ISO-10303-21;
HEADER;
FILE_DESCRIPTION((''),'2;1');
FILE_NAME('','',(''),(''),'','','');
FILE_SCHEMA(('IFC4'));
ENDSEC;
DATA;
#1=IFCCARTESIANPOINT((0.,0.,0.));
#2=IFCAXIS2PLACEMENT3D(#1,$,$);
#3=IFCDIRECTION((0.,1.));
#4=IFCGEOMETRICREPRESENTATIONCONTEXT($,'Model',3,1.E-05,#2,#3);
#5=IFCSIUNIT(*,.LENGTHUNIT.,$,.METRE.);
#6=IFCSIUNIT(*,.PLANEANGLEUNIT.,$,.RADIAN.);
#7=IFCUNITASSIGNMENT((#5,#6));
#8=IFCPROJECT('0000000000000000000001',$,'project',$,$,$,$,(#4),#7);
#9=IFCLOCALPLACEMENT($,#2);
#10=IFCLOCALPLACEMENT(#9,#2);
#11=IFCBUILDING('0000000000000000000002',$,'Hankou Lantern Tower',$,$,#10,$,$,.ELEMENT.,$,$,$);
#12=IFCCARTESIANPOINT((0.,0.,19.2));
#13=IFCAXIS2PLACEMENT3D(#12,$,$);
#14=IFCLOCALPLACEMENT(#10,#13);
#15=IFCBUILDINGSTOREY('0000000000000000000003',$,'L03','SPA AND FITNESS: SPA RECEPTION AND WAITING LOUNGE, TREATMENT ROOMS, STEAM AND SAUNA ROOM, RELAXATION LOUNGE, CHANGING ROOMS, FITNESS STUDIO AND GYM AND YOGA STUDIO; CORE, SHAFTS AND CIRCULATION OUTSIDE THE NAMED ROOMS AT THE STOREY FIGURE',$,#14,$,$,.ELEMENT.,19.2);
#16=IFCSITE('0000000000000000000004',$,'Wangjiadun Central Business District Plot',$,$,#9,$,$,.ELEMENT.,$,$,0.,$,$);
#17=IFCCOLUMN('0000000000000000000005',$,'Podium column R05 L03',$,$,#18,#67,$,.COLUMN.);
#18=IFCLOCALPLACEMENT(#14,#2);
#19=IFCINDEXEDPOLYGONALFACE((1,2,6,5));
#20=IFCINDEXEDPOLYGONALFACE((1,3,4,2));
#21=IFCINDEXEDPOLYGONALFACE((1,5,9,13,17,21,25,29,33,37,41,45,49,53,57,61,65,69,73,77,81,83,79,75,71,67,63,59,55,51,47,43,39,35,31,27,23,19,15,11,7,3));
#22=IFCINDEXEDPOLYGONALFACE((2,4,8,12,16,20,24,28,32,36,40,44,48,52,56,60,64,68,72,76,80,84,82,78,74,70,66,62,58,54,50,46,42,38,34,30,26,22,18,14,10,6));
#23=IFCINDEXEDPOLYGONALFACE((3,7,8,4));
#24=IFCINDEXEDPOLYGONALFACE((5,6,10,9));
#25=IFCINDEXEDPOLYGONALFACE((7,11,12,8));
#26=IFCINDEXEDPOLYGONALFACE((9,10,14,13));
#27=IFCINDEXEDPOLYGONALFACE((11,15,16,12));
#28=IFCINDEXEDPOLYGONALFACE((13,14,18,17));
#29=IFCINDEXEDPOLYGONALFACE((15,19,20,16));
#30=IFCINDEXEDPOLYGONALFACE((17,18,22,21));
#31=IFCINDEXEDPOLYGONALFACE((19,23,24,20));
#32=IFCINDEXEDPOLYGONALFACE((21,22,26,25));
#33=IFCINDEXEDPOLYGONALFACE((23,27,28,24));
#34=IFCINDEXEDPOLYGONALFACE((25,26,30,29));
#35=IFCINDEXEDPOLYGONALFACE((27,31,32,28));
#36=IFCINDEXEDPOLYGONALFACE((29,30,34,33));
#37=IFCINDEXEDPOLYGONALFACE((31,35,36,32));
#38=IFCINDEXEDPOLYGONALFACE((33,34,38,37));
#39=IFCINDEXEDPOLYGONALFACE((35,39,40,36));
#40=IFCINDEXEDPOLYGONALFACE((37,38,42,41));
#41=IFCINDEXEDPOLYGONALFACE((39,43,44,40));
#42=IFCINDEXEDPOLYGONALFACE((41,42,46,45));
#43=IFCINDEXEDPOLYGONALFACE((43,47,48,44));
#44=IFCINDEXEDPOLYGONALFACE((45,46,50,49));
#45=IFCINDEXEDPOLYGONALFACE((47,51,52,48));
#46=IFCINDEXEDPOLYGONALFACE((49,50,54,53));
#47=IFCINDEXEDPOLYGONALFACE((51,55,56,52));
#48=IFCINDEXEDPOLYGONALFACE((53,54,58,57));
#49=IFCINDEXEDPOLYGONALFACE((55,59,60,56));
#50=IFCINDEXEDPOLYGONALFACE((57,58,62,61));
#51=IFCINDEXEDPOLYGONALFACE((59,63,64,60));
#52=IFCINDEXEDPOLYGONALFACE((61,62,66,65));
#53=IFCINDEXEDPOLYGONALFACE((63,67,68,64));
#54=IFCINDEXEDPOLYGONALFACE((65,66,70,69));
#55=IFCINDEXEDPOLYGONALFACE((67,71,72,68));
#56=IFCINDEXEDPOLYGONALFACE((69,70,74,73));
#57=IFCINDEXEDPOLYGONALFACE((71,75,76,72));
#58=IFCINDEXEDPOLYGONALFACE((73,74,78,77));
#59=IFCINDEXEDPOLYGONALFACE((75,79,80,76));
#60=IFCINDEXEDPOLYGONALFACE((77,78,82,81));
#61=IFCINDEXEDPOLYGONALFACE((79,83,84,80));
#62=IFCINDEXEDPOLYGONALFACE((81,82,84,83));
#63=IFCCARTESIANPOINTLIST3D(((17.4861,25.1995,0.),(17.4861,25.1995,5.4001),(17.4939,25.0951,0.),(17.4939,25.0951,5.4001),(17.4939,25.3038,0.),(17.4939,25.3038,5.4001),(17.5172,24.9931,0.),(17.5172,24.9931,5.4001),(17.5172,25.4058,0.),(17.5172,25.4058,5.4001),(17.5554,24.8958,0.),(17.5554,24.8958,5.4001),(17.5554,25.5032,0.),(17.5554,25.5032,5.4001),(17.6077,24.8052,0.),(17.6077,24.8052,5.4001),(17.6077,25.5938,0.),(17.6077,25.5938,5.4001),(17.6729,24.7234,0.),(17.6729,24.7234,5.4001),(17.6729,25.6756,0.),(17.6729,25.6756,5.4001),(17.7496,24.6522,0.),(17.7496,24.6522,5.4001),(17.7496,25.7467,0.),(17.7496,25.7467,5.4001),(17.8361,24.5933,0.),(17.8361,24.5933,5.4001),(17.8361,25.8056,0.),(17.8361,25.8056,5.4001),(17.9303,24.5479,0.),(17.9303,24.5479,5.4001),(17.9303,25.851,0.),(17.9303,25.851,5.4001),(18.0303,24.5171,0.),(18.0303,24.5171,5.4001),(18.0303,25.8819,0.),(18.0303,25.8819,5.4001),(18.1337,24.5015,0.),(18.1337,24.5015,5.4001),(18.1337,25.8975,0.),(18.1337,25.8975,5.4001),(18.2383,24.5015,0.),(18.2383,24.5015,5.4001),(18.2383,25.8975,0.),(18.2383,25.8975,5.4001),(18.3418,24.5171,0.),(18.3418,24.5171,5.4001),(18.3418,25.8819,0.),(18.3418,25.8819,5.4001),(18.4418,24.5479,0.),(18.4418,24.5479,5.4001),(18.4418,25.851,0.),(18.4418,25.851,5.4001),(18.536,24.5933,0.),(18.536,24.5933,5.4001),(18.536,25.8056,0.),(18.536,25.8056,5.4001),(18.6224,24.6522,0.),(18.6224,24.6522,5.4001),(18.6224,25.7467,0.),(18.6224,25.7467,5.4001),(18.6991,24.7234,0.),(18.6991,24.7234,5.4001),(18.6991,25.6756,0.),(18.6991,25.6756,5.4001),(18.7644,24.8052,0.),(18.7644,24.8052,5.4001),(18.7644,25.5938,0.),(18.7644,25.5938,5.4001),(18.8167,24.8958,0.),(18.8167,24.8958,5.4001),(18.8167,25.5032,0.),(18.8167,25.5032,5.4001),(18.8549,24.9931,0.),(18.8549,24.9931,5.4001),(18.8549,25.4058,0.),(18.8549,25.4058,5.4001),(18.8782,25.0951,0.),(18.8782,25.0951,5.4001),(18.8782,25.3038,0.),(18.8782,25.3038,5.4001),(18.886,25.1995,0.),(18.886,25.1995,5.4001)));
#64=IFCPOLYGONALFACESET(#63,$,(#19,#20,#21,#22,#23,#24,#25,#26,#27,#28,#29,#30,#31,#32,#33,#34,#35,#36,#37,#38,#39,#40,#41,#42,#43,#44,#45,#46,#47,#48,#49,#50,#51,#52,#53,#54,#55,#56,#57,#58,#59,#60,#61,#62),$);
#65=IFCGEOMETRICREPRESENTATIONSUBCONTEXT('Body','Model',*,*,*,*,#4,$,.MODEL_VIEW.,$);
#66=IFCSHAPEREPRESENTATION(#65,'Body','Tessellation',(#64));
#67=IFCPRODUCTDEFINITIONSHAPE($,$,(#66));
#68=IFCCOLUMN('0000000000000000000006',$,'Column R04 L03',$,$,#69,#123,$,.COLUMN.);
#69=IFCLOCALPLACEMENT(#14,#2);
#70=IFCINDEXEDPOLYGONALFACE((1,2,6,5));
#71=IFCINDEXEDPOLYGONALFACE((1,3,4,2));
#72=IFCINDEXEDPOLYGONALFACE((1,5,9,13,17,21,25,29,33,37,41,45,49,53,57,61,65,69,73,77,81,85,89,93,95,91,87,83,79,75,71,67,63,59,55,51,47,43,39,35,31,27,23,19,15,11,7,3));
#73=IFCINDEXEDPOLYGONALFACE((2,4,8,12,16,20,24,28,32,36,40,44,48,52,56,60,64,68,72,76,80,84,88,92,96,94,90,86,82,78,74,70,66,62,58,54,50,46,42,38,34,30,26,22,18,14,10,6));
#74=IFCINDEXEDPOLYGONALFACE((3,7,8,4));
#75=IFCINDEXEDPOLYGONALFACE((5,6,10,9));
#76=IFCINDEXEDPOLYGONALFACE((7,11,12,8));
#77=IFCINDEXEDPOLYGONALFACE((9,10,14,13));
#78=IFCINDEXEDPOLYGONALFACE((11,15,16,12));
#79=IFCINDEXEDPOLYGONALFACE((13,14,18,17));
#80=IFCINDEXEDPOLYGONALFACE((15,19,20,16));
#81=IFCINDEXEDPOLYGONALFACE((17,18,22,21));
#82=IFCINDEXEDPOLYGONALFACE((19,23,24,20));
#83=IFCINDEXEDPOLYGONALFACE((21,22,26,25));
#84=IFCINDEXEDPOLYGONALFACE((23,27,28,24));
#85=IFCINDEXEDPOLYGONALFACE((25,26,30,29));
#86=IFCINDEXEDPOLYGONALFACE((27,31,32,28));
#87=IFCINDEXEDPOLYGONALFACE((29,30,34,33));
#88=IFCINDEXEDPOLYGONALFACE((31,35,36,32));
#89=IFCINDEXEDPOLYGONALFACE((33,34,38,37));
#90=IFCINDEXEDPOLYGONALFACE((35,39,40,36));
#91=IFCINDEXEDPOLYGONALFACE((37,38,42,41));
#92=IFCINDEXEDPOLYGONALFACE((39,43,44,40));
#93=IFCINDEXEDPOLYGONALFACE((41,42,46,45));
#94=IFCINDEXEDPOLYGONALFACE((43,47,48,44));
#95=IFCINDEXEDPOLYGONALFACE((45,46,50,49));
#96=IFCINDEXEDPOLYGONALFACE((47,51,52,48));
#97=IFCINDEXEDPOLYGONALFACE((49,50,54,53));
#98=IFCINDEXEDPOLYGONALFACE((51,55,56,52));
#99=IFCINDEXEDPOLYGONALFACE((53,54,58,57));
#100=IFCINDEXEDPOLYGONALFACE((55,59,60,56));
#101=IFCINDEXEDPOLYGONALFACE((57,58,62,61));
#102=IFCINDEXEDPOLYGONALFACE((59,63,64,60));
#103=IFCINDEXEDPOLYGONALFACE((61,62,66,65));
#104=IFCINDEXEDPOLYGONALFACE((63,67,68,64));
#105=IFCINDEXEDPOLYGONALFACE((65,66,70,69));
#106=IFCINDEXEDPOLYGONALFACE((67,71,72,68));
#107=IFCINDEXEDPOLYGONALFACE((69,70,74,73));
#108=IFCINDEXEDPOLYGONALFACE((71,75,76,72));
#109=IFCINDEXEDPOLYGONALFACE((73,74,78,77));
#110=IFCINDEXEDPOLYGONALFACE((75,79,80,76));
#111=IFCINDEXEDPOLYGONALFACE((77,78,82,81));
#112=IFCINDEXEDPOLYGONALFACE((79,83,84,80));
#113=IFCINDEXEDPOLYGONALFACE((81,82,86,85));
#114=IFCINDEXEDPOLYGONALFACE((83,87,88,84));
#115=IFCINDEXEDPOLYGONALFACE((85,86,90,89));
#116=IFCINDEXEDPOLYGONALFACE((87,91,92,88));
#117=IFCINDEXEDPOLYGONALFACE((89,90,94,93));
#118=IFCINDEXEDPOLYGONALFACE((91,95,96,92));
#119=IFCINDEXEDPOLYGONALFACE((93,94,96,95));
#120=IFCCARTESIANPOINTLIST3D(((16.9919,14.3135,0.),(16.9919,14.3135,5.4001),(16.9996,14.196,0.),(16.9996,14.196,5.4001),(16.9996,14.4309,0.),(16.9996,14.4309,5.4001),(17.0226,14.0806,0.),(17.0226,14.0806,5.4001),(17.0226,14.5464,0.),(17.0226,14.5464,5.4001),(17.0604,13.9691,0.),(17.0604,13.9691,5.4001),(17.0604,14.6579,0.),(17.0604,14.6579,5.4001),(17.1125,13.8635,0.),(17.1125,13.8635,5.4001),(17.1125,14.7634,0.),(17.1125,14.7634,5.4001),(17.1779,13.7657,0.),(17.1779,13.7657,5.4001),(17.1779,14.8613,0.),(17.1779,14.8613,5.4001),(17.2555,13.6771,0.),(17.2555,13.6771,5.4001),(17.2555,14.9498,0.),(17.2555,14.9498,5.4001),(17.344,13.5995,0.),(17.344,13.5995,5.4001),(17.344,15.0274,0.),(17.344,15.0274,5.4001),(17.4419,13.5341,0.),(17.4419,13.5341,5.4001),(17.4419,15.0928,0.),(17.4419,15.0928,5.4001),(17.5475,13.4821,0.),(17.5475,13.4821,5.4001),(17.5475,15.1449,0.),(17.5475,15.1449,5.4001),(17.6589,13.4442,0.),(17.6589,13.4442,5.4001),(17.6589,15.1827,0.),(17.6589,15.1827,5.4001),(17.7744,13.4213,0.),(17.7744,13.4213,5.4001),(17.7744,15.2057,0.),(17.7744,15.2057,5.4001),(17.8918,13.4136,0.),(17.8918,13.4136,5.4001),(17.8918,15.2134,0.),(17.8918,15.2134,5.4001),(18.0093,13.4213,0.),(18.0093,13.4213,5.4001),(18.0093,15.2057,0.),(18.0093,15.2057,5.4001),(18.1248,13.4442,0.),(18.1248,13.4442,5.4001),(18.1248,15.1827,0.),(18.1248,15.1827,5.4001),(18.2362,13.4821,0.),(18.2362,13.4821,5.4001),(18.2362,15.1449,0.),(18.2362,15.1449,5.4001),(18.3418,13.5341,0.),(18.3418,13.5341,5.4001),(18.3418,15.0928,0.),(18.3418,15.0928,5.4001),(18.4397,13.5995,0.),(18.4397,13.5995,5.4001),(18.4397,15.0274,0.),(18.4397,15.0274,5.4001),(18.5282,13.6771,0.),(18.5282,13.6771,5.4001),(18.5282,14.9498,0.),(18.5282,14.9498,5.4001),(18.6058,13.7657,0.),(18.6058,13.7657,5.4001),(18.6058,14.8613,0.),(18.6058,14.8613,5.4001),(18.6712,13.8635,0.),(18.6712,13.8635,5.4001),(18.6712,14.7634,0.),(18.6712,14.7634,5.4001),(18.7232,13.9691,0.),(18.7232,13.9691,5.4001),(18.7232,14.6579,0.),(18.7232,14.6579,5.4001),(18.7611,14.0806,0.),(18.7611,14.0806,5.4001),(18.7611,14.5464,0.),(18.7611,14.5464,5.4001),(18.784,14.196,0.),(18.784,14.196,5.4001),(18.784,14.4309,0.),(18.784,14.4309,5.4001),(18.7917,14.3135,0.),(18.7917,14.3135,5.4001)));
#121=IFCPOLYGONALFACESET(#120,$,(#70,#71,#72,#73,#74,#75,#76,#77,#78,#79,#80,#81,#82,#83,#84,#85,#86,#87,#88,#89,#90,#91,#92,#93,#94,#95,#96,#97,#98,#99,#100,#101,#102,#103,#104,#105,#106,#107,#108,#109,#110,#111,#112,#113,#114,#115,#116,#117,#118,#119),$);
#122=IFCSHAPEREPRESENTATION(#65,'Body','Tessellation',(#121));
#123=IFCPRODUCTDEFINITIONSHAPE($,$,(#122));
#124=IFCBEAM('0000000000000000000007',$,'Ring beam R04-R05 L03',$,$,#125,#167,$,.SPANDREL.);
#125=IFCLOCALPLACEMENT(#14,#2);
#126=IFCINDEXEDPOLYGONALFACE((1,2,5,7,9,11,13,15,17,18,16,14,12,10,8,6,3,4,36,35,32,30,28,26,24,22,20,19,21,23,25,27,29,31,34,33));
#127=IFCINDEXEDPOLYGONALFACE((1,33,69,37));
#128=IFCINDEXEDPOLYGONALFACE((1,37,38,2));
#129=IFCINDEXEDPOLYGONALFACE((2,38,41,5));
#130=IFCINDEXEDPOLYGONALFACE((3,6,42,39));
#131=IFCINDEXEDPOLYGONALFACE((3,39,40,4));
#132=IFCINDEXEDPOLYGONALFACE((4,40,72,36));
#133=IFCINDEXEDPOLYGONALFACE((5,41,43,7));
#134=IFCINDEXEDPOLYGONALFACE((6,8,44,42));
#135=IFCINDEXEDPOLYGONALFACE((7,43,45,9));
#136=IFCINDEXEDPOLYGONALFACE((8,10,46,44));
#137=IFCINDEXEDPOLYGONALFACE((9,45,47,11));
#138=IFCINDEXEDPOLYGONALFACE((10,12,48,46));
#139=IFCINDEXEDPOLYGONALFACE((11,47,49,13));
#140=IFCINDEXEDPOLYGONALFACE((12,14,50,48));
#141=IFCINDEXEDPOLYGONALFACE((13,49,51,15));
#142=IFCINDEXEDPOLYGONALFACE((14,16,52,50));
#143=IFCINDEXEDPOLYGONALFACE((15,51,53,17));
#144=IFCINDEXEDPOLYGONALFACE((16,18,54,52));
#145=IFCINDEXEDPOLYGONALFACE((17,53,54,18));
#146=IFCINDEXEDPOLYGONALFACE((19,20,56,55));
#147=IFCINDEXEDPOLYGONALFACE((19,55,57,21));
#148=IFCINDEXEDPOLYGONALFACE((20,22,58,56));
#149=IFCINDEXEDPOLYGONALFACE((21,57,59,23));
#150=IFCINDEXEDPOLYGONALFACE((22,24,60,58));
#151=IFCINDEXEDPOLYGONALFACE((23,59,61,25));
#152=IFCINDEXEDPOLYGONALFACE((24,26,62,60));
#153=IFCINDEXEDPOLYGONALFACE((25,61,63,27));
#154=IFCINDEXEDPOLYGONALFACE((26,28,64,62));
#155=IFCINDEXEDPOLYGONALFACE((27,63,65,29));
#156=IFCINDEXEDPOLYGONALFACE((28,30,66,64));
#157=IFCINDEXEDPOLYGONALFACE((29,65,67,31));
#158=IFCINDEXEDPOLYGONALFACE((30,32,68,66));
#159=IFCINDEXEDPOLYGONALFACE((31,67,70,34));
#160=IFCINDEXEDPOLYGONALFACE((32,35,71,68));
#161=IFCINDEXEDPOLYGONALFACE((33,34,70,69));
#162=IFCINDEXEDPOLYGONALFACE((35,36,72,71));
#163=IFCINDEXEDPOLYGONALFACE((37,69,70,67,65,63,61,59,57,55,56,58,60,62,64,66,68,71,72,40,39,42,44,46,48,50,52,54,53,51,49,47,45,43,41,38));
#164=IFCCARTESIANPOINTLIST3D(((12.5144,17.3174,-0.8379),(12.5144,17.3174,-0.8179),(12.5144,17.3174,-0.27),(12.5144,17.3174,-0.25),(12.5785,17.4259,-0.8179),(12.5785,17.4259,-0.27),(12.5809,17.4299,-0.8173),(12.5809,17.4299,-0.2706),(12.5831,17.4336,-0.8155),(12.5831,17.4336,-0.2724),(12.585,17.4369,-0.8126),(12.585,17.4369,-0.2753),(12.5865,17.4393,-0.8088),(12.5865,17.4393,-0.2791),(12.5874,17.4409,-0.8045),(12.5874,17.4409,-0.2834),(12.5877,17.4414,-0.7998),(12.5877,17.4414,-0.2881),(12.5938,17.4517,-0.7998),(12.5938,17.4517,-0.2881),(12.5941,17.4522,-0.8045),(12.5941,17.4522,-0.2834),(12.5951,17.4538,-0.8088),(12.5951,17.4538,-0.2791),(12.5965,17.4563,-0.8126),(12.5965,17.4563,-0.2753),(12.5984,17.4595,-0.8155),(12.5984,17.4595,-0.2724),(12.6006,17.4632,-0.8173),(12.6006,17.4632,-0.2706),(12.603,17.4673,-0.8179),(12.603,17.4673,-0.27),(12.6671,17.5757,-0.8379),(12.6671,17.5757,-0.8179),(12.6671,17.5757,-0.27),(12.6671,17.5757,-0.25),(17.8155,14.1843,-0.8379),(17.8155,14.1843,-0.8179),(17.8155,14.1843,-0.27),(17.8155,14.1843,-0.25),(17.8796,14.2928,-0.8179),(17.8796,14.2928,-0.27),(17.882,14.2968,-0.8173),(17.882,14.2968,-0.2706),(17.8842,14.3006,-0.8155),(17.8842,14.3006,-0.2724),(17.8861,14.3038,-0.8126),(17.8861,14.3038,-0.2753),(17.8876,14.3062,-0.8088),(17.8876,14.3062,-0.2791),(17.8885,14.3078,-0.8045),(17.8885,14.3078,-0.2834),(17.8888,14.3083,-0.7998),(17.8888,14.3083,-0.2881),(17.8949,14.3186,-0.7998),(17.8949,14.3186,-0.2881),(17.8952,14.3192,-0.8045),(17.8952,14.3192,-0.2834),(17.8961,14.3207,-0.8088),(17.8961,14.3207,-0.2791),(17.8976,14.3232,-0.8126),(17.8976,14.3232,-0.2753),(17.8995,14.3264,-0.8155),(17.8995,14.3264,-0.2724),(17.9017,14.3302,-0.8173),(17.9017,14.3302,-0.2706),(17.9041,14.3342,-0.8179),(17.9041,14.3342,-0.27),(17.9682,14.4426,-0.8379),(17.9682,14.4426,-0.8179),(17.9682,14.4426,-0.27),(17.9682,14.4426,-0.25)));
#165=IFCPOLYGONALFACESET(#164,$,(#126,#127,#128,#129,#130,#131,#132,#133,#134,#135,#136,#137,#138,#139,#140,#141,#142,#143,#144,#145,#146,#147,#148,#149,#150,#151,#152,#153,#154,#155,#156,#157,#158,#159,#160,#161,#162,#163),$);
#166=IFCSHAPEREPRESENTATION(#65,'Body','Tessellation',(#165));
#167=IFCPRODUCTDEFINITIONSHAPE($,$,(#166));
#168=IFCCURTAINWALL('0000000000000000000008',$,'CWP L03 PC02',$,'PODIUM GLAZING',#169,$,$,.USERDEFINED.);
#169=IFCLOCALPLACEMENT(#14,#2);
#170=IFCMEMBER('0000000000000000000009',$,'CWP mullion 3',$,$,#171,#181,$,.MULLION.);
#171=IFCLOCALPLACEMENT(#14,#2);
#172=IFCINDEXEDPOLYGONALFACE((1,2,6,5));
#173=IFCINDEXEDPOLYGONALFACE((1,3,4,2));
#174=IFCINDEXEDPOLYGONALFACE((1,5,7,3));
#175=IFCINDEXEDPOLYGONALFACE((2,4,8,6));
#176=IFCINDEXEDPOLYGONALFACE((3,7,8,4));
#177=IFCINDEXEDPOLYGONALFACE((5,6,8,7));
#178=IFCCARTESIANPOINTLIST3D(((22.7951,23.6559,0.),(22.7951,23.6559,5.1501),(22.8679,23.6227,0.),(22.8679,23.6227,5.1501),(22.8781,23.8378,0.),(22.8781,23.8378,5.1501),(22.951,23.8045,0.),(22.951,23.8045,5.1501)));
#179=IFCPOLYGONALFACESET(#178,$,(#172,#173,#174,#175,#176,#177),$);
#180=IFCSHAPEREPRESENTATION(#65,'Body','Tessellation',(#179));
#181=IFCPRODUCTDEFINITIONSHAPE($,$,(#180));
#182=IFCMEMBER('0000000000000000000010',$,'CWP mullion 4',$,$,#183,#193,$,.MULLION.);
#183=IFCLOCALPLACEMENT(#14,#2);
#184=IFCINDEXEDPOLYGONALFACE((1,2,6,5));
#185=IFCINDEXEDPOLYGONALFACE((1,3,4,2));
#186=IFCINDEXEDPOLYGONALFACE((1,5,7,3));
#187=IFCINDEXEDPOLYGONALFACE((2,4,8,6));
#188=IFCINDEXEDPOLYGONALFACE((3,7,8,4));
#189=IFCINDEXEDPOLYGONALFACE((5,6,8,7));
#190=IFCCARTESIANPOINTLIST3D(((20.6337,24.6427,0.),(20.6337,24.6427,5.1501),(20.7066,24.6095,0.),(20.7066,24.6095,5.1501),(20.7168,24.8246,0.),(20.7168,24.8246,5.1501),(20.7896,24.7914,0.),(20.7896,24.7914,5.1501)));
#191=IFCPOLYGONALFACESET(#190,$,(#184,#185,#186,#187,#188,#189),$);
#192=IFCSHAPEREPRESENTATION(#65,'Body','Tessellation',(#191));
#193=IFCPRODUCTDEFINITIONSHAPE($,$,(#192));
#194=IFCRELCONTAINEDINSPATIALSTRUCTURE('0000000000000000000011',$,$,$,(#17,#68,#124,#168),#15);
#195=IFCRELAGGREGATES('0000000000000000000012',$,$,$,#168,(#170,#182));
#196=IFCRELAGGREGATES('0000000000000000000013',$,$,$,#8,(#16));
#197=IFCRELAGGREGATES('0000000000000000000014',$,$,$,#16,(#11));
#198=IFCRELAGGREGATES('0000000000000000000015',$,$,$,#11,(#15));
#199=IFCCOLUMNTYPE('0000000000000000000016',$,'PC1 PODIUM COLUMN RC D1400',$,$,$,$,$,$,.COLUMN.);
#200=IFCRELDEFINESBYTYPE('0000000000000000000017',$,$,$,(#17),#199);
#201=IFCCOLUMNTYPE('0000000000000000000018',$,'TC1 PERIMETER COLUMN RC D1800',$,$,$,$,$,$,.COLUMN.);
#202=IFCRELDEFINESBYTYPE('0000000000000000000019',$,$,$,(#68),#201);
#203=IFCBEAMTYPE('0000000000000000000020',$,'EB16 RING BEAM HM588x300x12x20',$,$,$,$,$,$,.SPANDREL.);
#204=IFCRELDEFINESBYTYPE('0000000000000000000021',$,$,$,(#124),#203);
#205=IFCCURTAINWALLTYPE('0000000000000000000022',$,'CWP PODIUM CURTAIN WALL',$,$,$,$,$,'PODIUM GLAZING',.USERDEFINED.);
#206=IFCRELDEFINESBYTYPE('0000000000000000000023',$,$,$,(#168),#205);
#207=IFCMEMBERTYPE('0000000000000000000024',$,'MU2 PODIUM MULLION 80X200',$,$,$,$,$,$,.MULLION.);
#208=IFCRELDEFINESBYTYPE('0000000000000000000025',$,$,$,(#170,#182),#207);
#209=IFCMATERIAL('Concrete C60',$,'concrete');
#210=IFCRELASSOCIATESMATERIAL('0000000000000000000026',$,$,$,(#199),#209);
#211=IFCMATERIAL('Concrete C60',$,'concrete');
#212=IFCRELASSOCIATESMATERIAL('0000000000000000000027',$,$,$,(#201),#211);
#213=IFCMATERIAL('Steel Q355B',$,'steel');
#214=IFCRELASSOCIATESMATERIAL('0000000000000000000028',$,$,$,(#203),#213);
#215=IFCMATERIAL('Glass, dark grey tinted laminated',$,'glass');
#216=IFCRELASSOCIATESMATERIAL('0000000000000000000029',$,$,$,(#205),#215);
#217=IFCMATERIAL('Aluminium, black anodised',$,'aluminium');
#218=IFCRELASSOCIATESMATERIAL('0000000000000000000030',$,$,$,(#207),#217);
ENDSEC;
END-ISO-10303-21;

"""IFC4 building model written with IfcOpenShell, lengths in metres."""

from ifc_helpers import new_model, si_unit, direction, frame, origin, origin_2d, place, context, subcontext, project, spatial, rectangle, circle, i_section, extrude, material, material_profile, profile_set, type_object, element, aggregate, save


model = new_model("IFC4")

# Units and contexts
model_context = context("Model", 3, precision=1e-05, world=origin(), true_north=direction((0.0, 1.0)))
body_context = subcontext(model_context, "Body", "Model", "MODEL_VIEW")
ifc_project = project(units=[si_unit("LENGTHUNIT", "METRE"), si_unit("PLANEANGLEUNIT", "RADIAN")], contexts=[model_context])

# Site, building, storey
site_placement = place(None, origin())
site = spatial("IfcSite", under=ifc_project, at=site_placement, Name="Wangjiadun Central Business District Plot", CompositionType="ELEMENT", RefElevation=0.0)
building_placement = place(site_placement, origin())
building = spatial("IfcBuilding", under=site, at=building_placement, Name="Hankou Lantern Tower", CompositionType="ELEMENT")
storey_placement = place(building_placement, frame((0.0, 0.0, 19.2)))
storey = spatial("IfcBuildingStorey", under=building, at=storey_placement, Name="L03", Description="SPA AND FITNESS: SPA RECEPTION AND WAITING LOUNGE, TREATMENT ROOMS, STEAM AND SAUNA ROOM, RELAXATION LOUNGE, CHANGING ROOMS, FITNESS STUDIO AND GYM AND YOGA STUDIO; CORE, SHAFTS AND CIRCULATION OUTSIDE THE NAMED ROOMS AT THE STOREY FIGURE", CompositionType="ELEMENT", Elevation=19.2)

# Columns
ifc_material_1 = material(Name="Concrete C60", Category="concrete")
ifc_material_profile_1 = material_profile(ifc_material_1, circle(Radius=0.7, at=origin_2d()), Name="RC D1400")
ifc_profile_set_1 = profile_set([ifc_material_profile_1], Name="Concrete C60")
column_type_1 = type_object("IfcColumnType", Name="PC1 PODIUM COLUMN RC D1400", PredefinedType="COLUMN", material=ifc_profile_set_1)
column_1_placement = place(storey_placement, frame((18.186, 25.1995, 0.0), z_axis=(0.0, 0.0, 1.0), x_axis=(1.0, 0.0, 0.0)))
element("IfcColumn", 1, at=column_1_placement, inside=storey, type_object=column_type_1, Name="Podium column R05 L03", PredefinedType="COLUMN", context=body_context, shape_type="SweptSolid", body=[
    extrude(circle(Radius=0.7, at=origin_2d()), origin(), (0.0, 0.0, 1.0), 5.4001),
])
ifc_material_2 = material(Name="Concrete C60", Category="concrete")
ifc_material_profile_2 = material_profile(ifc_material_2, circle(Radius=0.8999, at=origin_2d()), Name="RC D1800")
ifc_profile_set_2 = profile_set([ifc_material_profile_2], Name="Concrete C60")
column_type_2 = type_object("IfcColumnType", Name="TC1 PERIMETER COLUMN RC D1800", PredefinedType="COLUMN", material=ifc_profile_set_2)
column_2_placement = place(storey_placement, frame((17.8918, 14.3135, 0.0), z_axis=(0.0, 0.0, 1.0), x_axis=(1.0, 0.0, 0.0)))
element("IfcColumn", 2, at=column_2_placement, inside=storey, type_object=column_type_2, Name="Column R04 L03", PredefinedType="COLUMN", context=body_context, shape_type="SweptSolid", body=[
    extrude(circle(Radius=0.8999, at=origin_2d()), origin(), (0.0, 0.0, 1.0), 5.4001),
])

# Beam
ifc_material_3 = material(Name="Steel Q355B", Category="steel")
ifc_material_profile_3 = material_profile(ifc_material_3, i_section(OverallWidth=0.3, OverallDepth=0.5879, WebThickness=0.012, FlangeThickness=0.02, FilletRadius=0.0181, at=origin_2d()), Name="HM588x300x12x20")
ifc_profile_set_3 = profile_set([ifc_material_profile_3], Name="Steel Q355B")
beam_type_1 = type_object("IfcBeamType", Name="EB16 RING BEAM HM588x300x12x20", PredefinedType="SPANDREL", material=ifc_profile_set_3)
beam_1_placement = place(storey_placement, frame((17.8918, 14.3135, -0.5439), z_axis=(-0.860882, 0.508805, 0.0), x_axis=(-0.508805, -0.860882, 0.0)))
element("IfcBeam", 3, at=beam_1_placement, inside=storey, type_object=beam_type_1, Name="Ring beam R04-R05 L03", PredefinedType="SPANDREL", context=body_context, shape_type="SweptSolid", body=[
    extrude(i_section(OverallWidth=0.3, OverallDepth=0.5879, WebThickness=0.012, FlangeThickness=0.02, FilletRadius=0.0181, at=origin_2d()), origin(), (0.0, 0.0, 1.0), 6.1577),
])

# Curtain wall, members
ifc_material_4 = material(Name="Glass, dark grey tinted laminated", Category="glass")
curtain_wall_type = type_object("IfcCurtainWallType", Name="CWP PODIUM CURTAIN WALL", ElementType="PODIUM GLAZING", PredefinedType="USERDEFINED", material=ifc_material_4)
curtain_wall_1_placement = place(storey_placement, origin())
curtain_wall_1 = element("IfcCurtainWall", 4, at=curtain_wall_1_placement, inside=storey, type_object=curtain_wall_type, Name="CWP L03 PC02", ObjectType="PODIUM GLAZING", PredefinedType="USERDEFINED")
ifc_material_5 = material(Name="Aluminium, black anodised", Category="aluminium")
ifc_material_profile_4 = material_profile(ifc_material_5, rectangle(XDim=0.0801, YDim=0.2, at=origin_2d()), Name="MU2 80X200")
ifc_profile_set_4 = profile_set([ifc_material_profile_4], Name="Aluminium, black anodised")
member_type_1 = type_object("IfcMemberType", Name="MU2 PODIUM MULLION 80X200", PredefinedType="MULLION", material=ifc_profile_set_4)
member_1_placement = place(storey_placement, frame((22.873, 23.7302, 0.0), z_axis=(0.0, 0.0, 1.0), x_axis=(-0.90967, 0.415332, 0.0)))
member_1 = element("IfcMember", 5, at=member_1_placement, type_object=member_type_1, Name="CWP mullion 3", PredefinedType="MULLION", context=body_context, shape_type="SweptSolid", body=[
    extrude(rectangle(XDim=0.0801, YDim=0.2, at=origin_2d()), origin(), (0.0, 0.0, 1.0), 5.1501),
])
member_2_placement = place(storey_placement, frame((20.7117, 24.717, 0.0), z_axis=(0.0, 0.0, 1.0), x_axis=(-0.90967, 0.415332, 0.0)))
member_2 = element("IfcMember", 6, at=member_2_placement, type_object=member_type_1, Name="CWP mullion 4", PredefinedType="MULLION", context=body_context, shape_type="SweptSolid", body=[
    extrude(rectangle(XDim=0.0801, YDim=0.2, at=origin_2d()), origin(), (0.0, 0.0, 1.0), 5.1501),
])

aggregate(curtain_wall_1, [member_1, member_2])

save(model, "model.ifc")
